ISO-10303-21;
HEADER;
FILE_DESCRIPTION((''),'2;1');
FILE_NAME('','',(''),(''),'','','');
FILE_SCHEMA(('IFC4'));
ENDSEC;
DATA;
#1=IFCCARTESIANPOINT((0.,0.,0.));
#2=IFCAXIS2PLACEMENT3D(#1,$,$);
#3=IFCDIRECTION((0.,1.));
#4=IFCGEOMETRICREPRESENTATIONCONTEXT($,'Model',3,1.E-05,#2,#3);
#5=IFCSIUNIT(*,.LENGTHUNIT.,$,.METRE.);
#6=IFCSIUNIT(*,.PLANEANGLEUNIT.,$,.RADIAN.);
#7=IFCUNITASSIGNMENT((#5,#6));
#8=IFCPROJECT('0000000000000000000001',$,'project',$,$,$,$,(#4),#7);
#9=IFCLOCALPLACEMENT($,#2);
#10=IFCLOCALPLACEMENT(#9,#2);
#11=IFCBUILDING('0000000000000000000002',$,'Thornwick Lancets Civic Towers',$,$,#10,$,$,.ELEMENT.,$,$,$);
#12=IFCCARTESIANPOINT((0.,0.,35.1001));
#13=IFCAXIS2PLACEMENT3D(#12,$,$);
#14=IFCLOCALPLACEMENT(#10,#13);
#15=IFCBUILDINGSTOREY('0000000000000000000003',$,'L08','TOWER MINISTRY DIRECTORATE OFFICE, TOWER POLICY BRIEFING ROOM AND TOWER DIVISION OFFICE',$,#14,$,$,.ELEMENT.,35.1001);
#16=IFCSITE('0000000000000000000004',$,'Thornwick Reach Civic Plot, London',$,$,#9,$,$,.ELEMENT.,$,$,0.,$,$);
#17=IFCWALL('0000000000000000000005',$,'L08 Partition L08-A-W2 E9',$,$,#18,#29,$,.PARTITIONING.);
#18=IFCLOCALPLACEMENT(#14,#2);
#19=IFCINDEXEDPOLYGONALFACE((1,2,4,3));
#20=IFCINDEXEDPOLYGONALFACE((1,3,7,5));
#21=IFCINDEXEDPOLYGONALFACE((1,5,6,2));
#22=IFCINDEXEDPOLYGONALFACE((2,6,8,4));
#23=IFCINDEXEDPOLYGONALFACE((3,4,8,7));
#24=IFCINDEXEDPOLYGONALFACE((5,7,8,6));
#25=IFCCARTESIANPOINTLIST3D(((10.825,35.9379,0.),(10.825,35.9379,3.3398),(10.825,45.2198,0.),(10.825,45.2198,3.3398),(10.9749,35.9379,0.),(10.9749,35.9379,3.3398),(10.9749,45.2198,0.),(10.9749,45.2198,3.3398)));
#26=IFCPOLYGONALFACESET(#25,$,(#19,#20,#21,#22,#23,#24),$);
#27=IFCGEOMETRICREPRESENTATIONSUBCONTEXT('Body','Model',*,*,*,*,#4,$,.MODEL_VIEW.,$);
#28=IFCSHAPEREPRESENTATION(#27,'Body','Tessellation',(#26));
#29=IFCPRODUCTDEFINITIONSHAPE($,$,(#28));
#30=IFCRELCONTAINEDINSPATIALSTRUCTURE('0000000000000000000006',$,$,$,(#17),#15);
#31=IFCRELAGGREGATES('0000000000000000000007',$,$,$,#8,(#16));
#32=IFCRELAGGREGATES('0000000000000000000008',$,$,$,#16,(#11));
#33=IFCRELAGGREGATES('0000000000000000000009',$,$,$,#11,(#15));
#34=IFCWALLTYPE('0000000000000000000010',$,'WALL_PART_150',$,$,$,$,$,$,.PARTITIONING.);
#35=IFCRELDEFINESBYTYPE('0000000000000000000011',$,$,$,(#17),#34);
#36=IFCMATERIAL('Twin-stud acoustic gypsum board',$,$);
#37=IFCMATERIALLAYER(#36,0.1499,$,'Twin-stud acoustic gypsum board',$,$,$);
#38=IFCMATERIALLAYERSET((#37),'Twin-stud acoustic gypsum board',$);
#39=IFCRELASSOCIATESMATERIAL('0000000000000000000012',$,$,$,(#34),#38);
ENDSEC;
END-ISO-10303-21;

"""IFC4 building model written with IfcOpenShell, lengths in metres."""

from ifc_helpers import new_model, si_unit, direction, frame, frame_2d, origin, place, context, subcontext, project, spatial, rectangle, extrude, material, layer, layer_set, type_object, element, save


model = new_model("IFC4")

# Units and contexts
model_context = context("Model", 3, precision=1e-05, world=origin(), true_north=direction((0.0, 1.0)))
body_context = subcontext(model_context, "Body", "Model", "MODEL_VIEW")
ifc_project = project(units=[si_unit("LENGTHUNIT", "METRE"), si_unit("PLANEANGLEUNIT", "RADIAN")], contexts=[model_context])

# Site, building, storey
site_placement = place(None, origin())
site = spatial("IfcSite", under=ifc_project, at=site_placement, Name="Thornwick Reach Civic Plot, London", CompositionType="ELEMENT", RefElevation=0.0)
building_placement = place(site_placement, origin())
building = spatial("IfcBuilding", under=site, at=building_placement, Name="Thornwick Lancets Civic Towers", CompositionType="ELEMENT")
storey_placement = place(building_placement, frame((0.0, 0.0, 35.1001)))
storey = spatial("IfcBuildingStorey", under=building, at=storey_placement, Name="L08", Description="TOWER MINISTRY DIRECTORATE OFFICE, TOWER POLICY BRIEFING ROOM AND TOWER DIVISION OFFICE", CompositionType="ELEMENT", Elevation=35.1001)

# Wall
ifc_material_1 = material(Name="Twin-stud acoustic gypsum board")
ifc_layer_1 = layer(ifc_material_1, 0.1499, Name="Twin-stud acoustic gypsum board")
ifc_layer_set_1 = layer_set([ifc_layer_1], Name="Twin-stud acoustic gypsum board")
wall_type_1 = type_object("IfcWallType", Name="WALL_PART_150", PredefinedType="PARTITIONING", material=ifc_layer_set_1)
wall_1_placement = place(storey_placement, frame((10.8999, 45.22, 0.0), z_axis=(0.0, 0.0, 1.0), x_axis=(0.0, -1.0, 0.0)))
element("IfcWall", 1, at=wall_1_placement, inside=storey, type_object=wall_type_1, Name="L08 Partition L08-A-W2 E9", PredefinedType="PARTITIONING", context=body_context, shape_type="SweptSolid", body=[
    extrude(rectangle(XDim=9.282, YDim=0.1499, at=frame_2d((4.6411, 0.0))), origin(), (0.0, 0.0, 1.0), 3.3398),
])

save(model, "model.ifc")
